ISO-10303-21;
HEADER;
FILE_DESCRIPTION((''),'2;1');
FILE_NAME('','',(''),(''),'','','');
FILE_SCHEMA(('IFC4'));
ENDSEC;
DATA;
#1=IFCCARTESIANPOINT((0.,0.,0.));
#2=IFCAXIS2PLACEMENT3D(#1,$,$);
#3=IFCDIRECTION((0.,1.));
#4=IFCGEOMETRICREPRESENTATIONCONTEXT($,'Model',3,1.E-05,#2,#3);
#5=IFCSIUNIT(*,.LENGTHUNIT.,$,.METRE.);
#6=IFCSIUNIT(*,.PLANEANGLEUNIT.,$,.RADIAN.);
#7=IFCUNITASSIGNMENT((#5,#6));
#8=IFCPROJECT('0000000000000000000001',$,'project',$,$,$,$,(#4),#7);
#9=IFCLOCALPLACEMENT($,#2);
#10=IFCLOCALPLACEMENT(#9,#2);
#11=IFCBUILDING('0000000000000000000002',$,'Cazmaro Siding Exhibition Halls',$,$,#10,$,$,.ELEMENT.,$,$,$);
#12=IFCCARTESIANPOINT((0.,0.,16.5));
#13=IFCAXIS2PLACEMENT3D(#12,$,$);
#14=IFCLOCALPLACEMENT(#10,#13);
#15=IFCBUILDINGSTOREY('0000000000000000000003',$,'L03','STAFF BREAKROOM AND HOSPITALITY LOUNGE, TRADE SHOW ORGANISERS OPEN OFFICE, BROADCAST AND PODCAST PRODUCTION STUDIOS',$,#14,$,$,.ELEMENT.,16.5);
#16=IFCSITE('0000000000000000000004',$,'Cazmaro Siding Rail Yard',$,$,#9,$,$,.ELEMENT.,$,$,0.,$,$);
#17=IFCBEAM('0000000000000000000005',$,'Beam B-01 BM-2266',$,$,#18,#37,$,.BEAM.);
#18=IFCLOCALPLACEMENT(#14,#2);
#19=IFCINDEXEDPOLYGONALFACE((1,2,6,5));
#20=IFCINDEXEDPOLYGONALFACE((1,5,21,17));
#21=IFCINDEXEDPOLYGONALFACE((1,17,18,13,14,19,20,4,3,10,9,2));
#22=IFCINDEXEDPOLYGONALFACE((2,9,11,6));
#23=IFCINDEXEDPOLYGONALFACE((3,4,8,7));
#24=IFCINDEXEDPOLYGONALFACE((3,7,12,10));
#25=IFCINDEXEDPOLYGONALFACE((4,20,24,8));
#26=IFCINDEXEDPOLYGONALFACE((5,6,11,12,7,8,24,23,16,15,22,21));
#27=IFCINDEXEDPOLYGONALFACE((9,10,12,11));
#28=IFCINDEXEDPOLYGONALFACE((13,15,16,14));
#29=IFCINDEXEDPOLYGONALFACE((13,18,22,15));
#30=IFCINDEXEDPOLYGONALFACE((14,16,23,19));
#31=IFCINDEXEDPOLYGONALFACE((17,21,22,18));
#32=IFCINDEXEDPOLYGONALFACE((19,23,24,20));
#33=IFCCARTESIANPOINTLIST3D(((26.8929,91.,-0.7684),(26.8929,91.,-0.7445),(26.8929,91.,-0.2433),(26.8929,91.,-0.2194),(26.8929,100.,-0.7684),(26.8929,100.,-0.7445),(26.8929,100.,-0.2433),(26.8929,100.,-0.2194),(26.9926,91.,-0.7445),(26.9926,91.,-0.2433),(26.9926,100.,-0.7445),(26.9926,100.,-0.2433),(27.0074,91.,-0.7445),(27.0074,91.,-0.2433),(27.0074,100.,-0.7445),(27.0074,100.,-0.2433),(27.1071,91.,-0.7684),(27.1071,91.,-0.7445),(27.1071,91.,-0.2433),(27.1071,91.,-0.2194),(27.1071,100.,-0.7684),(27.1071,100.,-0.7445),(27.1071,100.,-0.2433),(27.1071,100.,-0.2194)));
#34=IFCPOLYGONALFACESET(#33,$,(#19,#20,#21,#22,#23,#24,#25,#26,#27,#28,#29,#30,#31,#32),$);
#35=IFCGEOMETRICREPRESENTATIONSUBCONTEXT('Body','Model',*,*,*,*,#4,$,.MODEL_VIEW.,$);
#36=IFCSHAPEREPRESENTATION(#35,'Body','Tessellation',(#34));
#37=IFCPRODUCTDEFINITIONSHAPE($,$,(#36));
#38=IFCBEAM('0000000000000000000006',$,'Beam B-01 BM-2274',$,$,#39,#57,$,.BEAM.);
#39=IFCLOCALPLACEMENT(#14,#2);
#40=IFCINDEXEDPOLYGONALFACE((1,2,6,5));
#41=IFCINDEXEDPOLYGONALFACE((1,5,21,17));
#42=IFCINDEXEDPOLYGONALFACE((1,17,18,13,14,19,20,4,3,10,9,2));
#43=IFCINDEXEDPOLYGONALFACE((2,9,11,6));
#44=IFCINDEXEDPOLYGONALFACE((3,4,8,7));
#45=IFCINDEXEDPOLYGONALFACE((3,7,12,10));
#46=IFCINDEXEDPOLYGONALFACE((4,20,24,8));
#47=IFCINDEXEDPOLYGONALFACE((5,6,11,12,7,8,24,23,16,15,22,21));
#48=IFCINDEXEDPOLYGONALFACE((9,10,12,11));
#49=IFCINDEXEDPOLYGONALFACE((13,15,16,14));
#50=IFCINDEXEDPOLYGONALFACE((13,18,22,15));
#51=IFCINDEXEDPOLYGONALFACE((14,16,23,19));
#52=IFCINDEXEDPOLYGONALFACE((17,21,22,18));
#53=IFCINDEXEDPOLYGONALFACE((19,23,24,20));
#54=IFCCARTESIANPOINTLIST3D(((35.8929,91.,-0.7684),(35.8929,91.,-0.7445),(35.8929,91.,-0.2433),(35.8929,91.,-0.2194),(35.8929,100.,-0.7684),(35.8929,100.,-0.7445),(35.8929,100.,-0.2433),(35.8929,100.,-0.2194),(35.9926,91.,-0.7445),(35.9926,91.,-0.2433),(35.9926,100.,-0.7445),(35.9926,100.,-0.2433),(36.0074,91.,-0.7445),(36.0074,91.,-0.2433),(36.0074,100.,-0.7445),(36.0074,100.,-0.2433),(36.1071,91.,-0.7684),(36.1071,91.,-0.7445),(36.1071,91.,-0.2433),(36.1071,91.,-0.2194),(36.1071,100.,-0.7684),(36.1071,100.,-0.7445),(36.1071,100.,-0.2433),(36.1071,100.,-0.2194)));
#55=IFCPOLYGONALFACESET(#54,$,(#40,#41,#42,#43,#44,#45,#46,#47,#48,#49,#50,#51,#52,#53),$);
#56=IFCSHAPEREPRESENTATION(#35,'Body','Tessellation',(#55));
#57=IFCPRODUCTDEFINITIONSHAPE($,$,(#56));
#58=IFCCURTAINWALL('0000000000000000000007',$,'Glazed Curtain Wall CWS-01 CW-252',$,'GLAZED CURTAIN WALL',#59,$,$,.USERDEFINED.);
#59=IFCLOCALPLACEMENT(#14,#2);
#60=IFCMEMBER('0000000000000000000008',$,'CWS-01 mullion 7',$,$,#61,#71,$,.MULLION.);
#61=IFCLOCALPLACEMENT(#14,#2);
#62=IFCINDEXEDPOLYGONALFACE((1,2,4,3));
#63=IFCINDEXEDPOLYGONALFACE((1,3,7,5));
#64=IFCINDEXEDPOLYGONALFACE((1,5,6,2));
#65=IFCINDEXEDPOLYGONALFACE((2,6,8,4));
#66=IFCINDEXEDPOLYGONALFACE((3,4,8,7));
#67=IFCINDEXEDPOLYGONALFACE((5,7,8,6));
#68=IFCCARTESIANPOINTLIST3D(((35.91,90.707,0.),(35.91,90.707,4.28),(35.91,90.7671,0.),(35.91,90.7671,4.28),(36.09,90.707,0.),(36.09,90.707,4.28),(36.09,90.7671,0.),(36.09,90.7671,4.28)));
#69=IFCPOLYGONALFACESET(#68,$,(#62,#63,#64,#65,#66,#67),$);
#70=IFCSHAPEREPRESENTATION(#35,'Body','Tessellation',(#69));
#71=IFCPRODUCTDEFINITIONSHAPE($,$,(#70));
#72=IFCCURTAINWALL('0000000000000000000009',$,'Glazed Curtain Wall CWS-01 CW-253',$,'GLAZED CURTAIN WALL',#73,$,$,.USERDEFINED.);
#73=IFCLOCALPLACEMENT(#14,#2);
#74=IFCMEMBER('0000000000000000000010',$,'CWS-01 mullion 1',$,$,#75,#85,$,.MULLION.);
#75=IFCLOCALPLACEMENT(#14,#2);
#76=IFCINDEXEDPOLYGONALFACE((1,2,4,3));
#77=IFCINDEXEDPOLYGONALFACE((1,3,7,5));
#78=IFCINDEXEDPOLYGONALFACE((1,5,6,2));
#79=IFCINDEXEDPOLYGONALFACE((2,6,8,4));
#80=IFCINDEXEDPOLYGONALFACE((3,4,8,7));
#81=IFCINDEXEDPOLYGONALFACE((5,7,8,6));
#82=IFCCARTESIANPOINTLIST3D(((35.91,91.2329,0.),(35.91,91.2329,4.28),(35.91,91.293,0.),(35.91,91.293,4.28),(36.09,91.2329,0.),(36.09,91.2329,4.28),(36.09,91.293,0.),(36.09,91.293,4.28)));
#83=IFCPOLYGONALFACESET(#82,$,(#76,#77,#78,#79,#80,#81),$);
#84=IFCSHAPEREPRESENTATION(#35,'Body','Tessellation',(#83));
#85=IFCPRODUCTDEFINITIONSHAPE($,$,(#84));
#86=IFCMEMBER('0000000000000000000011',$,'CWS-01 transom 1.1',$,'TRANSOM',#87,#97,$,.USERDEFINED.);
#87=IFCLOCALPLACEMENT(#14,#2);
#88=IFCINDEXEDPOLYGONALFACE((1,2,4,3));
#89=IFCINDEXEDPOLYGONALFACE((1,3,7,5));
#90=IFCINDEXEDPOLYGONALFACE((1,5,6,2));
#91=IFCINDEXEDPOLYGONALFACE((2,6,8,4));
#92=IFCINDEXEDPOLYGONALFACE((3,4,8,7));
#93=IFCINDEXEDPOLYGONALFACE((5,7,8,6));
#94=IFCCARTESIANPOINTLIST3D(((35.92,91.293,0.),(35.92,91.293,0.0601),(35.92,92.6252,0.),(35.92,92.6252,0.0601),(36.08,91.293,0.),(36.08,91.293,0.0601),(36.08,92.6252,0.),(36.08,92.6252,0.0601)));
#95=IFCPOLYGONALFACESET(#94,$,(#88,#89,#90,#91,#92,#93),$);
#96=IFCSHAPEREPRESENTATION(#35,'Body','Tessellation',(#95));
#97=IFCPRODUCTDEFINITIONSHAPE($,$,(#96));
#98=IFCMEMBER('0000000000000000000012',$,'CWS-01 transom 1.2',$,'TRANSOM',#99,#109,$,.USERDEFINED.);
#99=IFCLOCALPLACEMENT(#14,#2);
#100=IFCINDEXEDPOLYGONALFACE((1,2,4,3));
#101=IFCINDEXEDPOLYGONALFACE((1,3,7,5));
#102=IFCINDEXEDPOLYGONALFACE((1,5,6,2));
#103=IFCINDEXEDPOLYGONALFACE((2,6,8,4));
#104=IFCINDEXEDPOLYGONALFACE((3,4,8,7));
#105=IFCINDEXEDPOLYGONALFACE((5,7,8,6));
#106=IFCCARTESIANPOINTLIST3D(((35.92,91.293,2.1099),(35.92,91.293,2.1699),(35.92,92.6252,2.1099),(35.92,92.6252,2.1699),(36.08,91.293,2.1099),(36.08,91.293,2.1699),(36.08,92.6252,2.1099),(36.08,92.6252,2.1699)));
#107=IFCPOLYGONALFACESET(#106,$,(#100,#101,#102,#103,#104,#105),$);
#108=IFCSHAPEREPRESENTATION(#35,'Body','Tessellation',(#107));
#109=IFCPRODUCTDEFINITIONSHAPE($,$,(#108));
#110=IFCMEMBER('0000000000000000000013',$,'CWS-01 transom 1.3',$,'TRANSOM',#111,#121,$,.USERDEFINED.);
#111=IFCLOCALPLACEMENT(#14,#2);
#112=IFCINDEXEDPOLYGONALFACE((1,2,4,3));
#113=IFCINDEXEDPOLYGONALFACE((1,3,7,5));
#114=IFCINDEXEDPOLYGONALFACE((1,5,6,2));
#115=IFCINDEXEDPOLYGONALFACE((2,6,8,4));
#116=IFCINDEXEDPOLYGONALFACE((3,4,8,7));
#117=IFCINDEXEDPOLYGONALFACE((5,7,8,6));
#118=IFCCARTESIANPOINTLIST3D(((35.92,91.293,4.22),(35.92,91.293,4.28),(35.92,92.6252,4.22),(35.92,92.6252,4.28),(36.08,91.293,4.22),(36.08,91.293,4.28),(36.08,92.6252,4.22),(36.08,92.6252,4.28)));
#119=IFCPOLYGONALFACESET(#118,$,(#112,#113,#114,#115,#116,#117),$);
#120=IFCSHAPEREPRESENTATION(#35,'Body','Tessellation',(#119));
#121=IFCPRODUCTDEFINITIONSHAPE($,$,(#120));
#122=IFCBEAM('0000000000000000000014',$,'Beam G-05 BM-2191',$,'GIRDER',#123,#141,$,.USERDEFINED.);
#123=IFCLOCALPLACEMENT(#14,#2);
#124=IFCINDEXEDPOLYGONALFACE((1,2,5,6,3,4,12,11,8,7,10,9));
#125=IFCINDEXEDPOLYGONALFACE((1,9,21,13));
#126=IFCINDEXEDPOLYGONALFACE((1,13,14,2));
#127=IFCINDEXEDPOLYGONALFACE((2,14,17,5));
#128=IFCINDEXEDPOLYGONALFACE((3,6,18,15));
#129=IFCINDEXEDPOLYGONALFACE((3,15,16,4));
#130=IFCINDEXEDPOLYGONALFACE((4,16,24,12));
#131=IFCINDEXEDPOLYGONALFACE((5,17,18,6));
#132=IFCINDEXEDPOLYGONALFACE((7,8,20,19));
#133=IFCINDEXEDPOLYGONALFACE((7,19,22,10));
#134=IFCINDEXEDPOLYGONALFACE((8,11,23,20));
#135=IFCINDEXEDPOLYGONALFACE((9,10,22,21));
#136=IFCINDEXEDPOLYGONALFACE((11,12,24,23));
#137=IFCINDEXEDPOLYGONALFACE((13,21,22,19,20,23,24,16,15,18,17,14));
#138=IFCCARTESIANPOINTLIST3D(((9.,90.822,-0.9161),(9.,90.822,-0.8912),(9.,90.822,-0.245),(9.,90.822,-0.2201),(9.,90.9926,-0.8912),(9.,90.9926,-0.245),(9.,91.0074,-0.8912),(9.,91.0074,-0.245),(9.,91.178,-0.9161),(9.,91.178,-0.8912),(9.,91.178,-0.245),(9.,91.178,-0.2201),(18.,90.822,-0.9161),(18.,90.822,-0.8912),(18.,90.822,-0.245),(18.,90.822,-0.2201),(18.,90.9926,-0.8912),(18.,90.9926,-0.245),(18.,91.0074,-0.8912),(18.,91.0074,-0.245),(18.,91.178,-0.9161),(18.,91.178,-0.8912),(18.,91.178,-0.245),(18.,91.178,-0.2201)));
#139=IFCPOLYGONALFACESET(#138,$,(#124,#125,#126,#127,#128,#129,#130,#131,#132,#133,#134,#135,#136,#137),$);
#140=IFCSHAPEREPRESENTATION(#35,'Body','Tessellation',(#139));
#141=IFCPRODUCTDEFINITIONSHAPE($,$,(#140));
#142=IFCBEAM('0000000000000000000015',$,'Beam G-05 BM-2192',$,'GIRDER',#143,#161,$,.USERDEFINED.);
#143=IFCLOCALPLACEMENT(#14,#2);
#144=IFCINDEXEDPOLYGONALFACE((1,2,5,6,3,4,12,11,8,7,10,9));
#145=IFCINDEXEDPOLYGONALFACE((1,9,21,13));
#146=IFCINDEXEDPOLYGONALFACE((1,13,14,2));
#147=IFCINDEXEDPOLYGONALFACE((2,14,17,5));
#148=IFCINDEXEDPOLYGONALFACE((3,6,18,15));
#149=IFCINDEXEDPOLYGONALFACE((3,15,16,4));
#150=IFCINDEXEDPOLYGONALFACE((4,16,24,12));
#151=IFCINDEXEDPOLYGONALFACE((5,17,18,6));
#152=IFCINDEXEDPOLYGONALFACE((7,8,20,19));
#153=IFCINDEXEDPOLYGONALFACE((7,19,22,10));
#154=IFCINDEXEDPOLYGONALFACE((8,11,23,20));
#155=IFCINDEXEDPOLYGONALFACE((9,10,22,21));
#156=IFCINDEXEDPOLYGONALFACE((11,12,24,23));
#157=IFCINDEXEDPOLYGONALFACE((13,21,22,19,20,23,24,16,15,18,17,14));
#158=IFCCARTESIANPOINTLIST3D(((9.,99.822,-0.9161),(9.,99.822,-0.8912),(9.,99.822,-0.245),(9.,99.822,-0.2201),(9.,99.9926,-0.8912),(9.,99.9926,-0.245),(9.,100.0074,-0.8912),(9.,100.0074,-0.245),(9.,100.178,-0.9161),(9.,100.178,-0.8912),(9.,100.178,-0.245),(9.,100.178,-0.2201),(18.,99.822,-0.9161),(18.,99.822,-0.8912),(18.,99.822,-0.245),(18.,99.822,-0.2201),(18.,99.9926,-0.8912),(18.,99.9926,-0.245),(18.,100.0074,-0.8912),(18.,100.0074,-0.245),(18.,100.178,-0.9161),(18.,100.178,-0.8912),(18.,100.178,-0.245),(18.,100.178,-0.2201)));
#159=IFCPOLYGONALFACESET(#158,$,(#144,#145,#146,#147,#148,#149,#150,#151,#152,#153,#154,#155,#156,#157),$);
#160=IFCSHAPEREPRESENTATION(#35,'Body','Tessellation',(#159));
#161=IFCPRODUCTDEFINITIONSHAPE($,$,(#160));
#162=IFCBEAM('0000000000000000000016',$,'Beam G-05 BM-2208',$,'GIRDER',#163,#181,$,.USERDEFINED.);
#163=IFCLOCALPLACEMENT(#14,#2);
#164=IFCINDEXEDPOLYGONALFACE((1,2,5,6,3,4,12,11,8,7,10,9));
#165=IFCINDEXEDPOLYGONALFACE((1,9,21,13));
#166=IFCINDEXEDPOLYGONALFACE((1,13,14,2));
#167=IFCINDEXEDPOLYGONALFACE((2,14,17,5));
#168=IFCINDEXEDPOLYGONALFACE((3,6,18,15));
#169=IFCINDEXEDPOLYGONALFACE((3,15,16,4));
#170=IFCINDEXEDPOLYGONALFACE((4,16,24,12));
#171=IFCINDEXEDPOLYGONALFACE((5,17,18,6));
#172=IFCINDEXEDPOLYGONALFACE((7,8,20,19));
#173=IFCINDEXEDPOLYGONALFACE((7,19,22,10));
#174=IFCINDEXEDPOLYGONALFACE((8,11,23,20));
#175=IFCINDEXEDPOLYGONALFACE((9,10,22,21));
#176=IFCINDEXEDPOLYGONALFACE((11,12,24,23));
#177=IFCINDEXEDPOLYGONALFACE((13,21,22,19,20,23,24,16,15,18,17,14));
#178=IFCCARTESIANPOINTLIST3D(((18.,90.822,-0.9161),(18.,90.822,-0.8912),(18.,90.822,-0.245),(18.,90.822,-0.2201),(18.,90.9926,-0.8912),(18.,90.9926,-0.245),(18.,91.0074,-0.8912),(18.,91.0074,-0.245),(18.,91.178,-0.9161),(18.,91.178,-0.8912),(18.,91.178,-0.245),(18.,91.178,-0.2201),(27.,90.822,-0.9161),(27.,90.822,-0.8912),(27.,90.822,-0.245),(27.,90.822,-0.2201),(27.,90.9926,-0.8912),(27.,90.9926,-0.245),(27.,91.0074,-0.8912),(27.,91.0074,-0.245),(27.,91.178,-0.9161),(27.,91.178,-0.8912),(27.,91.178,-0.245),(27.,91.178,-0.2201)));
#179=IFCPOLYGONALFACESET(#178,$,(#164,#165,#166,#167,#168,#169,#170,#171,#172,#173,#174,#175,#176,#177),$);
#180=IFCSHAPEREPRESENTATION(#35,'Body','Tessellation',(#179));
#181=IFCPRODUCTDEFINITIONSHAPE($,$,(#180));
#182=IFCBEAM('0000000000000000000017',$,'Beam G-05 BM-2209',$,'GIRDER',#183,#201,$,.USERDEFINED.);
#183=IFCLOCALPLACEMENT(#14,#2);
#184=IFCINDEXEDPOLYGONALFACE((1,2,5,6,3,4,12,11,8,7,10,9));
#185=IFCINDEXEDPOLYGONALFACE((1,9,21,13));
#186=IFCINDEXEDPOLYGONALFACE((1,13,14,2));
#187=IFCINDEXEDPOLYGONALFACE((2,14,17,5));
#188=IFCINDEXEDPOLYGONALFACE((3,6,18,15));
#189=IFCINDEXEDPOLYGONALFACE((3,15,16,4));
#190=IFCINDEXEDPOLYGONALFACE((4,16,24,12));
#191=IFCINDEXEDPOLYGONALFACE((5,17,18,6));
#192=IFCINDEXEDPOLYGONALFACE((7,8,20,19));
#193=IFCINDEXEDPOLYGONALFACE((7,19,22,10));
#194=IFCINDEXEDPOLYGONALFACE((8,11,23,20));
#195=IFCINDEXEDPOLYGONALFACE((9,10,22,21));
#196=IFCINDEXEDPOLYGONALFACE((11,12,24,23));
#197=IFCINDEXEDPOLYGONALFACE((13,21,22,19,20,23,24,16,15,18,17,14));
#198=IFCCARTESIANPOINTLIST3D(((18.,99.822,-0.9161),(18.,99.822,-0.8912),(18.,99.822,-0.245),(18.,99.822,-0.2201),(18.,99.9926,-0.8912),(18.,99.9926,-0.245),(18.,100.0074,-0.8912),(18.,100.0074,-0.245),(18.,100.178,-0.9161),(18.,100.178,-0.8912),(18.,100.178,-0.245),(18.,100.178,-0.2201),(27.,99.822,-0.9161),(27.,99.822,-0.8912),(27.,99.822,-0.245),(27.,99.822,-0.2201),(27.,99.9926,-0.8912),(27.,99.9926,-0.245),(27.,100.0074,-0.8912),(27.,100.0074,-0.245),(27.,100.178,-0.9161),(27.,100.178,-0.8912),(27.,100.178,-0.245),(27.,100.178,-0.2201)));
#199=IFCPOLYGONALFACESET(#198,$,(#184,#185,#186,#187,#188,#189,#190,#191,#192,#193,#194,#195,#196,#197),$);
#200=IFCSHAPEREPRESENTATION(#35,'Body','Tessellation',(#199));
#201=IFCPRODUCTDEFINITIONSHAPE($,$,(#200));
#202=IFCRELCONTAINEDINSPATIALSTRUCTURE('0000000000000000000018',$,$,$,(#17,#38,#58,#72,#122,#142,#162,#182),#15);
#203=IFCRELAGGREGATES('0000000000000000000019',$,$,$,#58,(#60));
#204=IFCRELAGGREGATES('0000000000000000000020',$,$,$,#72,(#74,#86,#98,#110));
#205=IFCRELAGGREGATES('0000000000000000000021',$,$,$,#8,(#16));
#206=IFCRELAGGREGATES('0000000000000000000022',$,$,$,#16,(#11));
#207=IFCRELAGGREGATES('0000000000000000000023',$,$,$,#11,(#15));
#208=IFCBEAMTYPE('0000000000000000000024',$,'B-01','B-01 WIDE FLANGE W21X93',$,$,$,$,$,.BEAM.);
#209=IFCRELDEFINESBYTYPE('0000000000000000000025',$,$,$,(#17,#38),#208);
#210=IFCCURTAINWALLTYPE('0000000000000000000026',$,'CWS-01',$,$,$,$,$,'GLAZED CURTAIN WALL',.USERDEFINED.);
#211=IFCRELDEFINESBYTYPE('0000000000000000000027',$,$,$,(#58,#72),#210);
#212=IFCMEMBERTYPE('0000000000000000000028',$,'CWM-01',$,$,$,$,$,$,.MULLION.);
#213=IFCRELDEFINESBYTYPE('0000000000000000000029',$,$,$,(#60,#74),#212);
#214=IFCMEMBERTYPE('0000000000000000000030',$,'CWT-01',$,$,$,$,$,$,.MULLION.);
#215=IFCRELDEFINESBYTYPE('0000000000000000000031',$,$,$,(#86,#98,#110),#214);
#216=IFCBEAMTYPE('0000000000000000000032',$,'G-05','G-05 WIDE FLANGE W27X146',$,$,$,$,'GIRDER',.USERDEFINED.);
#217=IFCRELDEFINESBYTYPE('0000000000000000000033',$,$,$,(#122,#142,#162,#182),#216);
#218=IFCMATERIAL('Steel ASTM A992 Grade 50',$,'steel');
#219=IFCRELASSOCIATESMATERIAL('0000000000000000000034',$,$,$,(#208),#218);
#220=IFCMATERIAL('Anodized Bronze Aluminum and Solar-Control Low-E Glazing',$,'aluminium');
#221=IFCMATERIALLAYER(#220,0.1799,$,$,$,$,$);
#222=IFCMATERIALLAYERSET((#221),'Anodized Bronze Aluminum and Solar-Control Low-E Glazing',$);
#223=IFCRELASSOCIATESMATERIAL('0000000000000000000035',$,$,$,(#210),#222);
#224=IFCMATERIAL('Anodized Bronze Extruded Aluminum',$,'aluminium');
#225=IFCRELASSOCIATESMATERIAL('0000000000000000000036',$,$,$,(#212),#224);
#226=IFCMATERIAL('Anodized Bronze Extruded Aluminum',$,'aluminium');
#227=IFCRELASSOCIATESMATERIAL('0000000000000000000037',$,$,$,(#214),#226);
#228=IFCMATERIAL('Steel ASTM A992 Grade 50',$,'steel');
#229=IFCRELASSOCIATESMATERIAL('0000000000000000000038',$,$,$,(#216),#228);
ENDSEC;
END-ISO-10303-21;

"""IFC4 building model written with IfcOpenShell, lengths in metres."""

from ifc_helpers import new_model, si_unit, direction, frame, origin, origin_2d, place, context, subcontext, project, spatial, rectangle, i_section, extrude, material, layer, layer_set, material_profile, profile_set, type_object, element, aggregate, save


model = new_model("IFC4")

# Units and contexts
model_context = context("Model", 3, precision=1e-05, world=origin(), true_north=direction((0.0, 1.0)))
body_context = subcontext(model_context, "Body", "Model", "MODEL_VIEW")
ifc_project = project(units=[si_unit("LENGTHUNIT", "METRE"), si_unit("PLANEANGLEUNIT", "RADIAN")], contexts=[model_context])

# Site, building, storey
site_placement = place(None, origin())
site = spatial("IfcSite", under=ifc_project, at=site_placement, Name="Cazmaro Siding Rail Yard", CompositionType="ELEMENT", RefElevation=0.0)
building_placement = place(site_placement, origin())
building = spatial("IfcBuilding", under=site, at=building_placement, Name="Cazmaro Siding Exhibition Halls", CompositionType="ELEMENT")
storey_placement = place(building_placement, frame((0.0, 0.0, 16.5)))
storey = spatial("IfcBuildingStorey", under=building, at=storey_placement, Name="L03", Description="STAFF BREAKROOM AND HOSPITALITY LOUNGE, TRADE SHOW ORGANISERS OPEN OFFICE, BROADCAST AND PODCAST PRODUCTION STUDIOS", CompositionType="ELEMENT", Elevation=16.5)

# Beams
ifc_material_1 = material(Name="Steel ASTM A992 Grade 50", Category="steel")
ifc_material_profile_1 = material_profile(ifc_material_1, i_section(OverallWidth=0.2141, OverallDepth=0.5491, WebThickness=0.0149, FlangeThickness=0.0239, at=origin_2d()), Name="W21X93")
ifc_profile_set_1 = profile_set([ifc_material_profile_1], Name="Steel ASTM A992 Grade 50")
beam_type_1 = type_object("IfcBeamType", Name="B-01", Description="B-01 WIDE FLANGE W21X93", PredefinedType="BEAM", material=ifc_profile_set_1)
for number, where, z_axis, x_axis, name in (
    (1, (27.0, 91.0, -0.4939), (0.0, 1.0, 0.0), (-1.0, 0.0, 0.0), "Beam B-01 BM-2266"),
    (2, (36.0, 91.0, -0.4939), (0.0, 1.0, 0.0), (-1.0, 0.0, 0.0), "Beam B-01 BM-2274"),
):
    element("IfcBeam", number, at=place(storey_placement, frame(where, z_axis=z_axis, x_axis=x_axis)), inside=storey, type_object=beam_type_1, Name=name, PredefinedType="BEAM", context=body_context, shape_type="SweptSolid", body=[
        extrude(i_section(OverallWidth=0.2141, OverallDepth=0.5491, WebThickness=0.0149, FlangeThickness=0.0239, at=origin_2d()), origin(), (0.0, 0.0, 1.0), 9.0),
    ])

# Curtain wall, member
ifc_material_2 = material(Name="Anodized Bronze Aluminum and Solar-Control Low-E Glazing", Category="aluminium")
ifc_layer_1 = layer(ifc_material_2, 0.1799)
ifc_layer_set_1 = layer_set([ifc_layer_1], Name="Anodized Bronze Aluminum and Solar-Control Low-E Glazing")
curtain_wall_type = type_object("IfcCurtainWallType", Name="CWS-01", ElementType="GLAZED CURTAIN WALL", PredefinedType="USERDEFINED", material=ifc_layer_set_1)
curtain_wall_1_placement = place(storey_placement, origin())
curtain_wall_1 = element("IfcCurtainWall", 3, at=curtain_wall_1_placement, inside=storey, type_object=curtain_wall_type, Name="Glazed Curtain Wall CWS-01 CW-252", ObjectType="GLAZED CURTAIN WALL", PredefinedType="USERDEFINED")
ifc_material_3 = material(Name="Anodized Bronze Extruded Aluminum", Category="aluminium")
ifc_material_profile_2 = material_profile(ifc_material_3, rectangle(XDim=0.1799, YDim=0.0601, at=origin_2d()), Name="CWM-01")
ifc_profile_set_2 = profile_set([ifc_material_profile_2], Name="Anodized Bronze Extruded Aluminum")
member_type_1 = type_object("IfcMemberType", Name="CWM-01", PredefinedType="MULLION", material=ifc_profile_set_2)
member_1_placement = place(storey_placement, frame((36.0, 90.7371, 0.0), z_axis=(0.0, 0.0, 1.0), x_axis=(-1.0, 0.0, 0.0)))
member_1 = element("IfcMember", 4, at=member_1_placement, type_object=member_type_1, Name="CWS-01 mullion 7", PredefinedType="MULLION", context=body_context, shape_type="SweptSolid", body=[
    extrude(rectangle(XDim=0.1799, YDim=0.0601, at=origin_2d()), origin(), (0.0, 0.0, 1.0), 4.28),
])
aggregate(curtain_wall_1, [member_1])

# Curtain wall, members
curtain_wall_2_placement = place(storey_placement, origin())
curtain_wall_2 = element("IfcCurtainWall", 5, at=curtain_wall_2_placement, inside=storey, type_object=curtain_wall_type, Name="Glazed Curtain Wall CWS-01 CW-253", ObjectType="GLAZED CURTAIN WALL", PredefinedType="USERDEFINED")
member_2_placement = place(storey_placement, frame((36.0, 91.2629, 0.0), z_axis=(0.0, 0.0, 1.0), x_axis=(-1.0, 0.0, 0.0)))
member_2 = element("IfcMember", 6, at=member_2_placement, type_object=member_type_1, Name="CWS-01 mullion 1", PredefinedType="MULLION", context=body_context, shape_type="SweptSolid", body=[
    extrude(rectangle(XDim=0.1799, YDim=0.0601, at=origin_2d()), origin(), (0.0, 0.0, 1.0), 4.28),
])
ifc_material_4 = material(Name="Anodized Bronze Extruded Aluminum", Category="aluminium")
ifc_material_profile_3 = material_profile(ifc_material_4, rectangle(XDim=0.1599, YDim=0.0601, at=origin_2d()), Name="CWT-01")
ifc_profile_set_3 = profile_set([ifc_material_profile_3], Name="Anodized Bronze Extruded Aluminum")
member_type_2 = type_object("IfcMemberType", Name="CWT-01", PredefinedType="MULLION", material=ifc_profile_set_3)
member_3_placement = place(storey_placement, frame((36.0, 91.293, 0.03), z_axis=(0.0, 1.0, 0.0), x_axis=(-1.0, 0.0, 0.0)))
member_3 = element("IfcMember", 7, at=member_3_placement, type_object=member_type_2, Name="CWS-01 transom 1.1", ObjectType="TRANSOM", PredefinedType="USERDEFINED", context=body_context, shape_type="SweptSolid", body=[
    extrude(rectangle(XDim=0.1599, YDim=0.0601, at=origin_2d()), origin(), (0.0, 0.0, 1.0), 1.3323),
])
member_4_placement = place(storey_placement, frame((36.0, 91.293, 2.1399), z_axis=(0.0, 1.0, 0.0), x_axis=(-1.0, 0.0, 0.0)))
member_4 = element("IfcMember", 8, at=member_4_placement, type_object=member_type_2, Name="CWS-01 transom 1.2", ObjectType="TRANSOM", PredefinedType="USERDEFINED", context=body_context, shape_type="SweptSolid", body=[
    extrude(rectangle(XDim=0.1599, YDim=0.0601, at=origin_2d()), origin(), (0.0, 0.0, 1.0), 1.3323),
])
member_5_placement = place(storey_placement, frame((36.0, 91.293, 4.25), z_axis=(0.0, 1.0, 0.0), x_axis=(-1.0, 0.0, 0.0)))
member_5 = element("IfcMember", 9, at=member_5_placement, type_object=member_type_2, Name="CWS-01 transom 1.3", ObjectType="TRANSOM", PredefinedType="USERDEFINED", context=body_context, shape_type="SweptSolid", body=[
    extrude(rectangle(XDim=0.1599, YDim=0.0601, at=origin_2d()), origin(), (0.0, 0.0, 1.0), 1.3323),
])

# Beams
ifc_material_5 = material(Name="Steel ASTM A992 Grade 50", Category="steel")
ifc_material_profile_4 = material_profile(ifc_material_5, i_section(OverallWidth=0.356, OverallDepth=0.696, WebThickness=0.0149, FlangeThickness=0.0249, at=origin_2d()), Name="W27X146")
ifc_profile_set_4 = profile_set([ifc_material_profile_4], Name="Steel ASTM A992 Grade 50")
beam_type_2 = type_object("IfcBeamType", Name="G-05", Description="G-05 WIDE FLANGE W27X146", ElementType="GIRDER", PredefinedType="USERDEFINED", material=ifc_profile_set_4)
for number, where, z_axis, x_axis, name in (
    (10, (9.0, 91.0, -0.5681), (1.0, 0.0, 0.0), (0.0, 1.0, 0.0), "Beam G-05 BM-2191"),
    (11, (9.0, 100.0, -0.5681), (1.0, 0.0, 0.0), (0.0, 1.0, 0.0), "Beam G-05 BM-2192"),
    (12, (18.0, 91.0, -0.5681), (1.0, 0.0, 0.0), (0.0, 1.0, 0.0), "Beam G-05 BM-2208"),
    (13, (18.0, 100.0, -0.5681), (1.0, 0.0, 0.0), (0.0, 1.0, 0.0), "Beam G-05 BM-2209"),
):
    element("IfcBeam", number, at=place(storey_placement, frame(where, z_axis=z_axis, x_axis=x_axis)), inside=storey, type_object=beam_type_2, Name=name, ObjectType="GIRDER", PredefinedType="USERDEFINED", context=body_context, shape_type="SweptSolid", body=[
        extrude(i_section(OverallWidth=0.356, OverallDepth=0.696, WebThickness=0.0149, FlangeThickness=0.0249, at=origin_2d()), origin(), (0.0, 0.0, 1.0), 9.0),
    ])

aggregate(curtain_wall_2, [member_2, member_3, member_4, member_5])

save(model, "model.ifc")
